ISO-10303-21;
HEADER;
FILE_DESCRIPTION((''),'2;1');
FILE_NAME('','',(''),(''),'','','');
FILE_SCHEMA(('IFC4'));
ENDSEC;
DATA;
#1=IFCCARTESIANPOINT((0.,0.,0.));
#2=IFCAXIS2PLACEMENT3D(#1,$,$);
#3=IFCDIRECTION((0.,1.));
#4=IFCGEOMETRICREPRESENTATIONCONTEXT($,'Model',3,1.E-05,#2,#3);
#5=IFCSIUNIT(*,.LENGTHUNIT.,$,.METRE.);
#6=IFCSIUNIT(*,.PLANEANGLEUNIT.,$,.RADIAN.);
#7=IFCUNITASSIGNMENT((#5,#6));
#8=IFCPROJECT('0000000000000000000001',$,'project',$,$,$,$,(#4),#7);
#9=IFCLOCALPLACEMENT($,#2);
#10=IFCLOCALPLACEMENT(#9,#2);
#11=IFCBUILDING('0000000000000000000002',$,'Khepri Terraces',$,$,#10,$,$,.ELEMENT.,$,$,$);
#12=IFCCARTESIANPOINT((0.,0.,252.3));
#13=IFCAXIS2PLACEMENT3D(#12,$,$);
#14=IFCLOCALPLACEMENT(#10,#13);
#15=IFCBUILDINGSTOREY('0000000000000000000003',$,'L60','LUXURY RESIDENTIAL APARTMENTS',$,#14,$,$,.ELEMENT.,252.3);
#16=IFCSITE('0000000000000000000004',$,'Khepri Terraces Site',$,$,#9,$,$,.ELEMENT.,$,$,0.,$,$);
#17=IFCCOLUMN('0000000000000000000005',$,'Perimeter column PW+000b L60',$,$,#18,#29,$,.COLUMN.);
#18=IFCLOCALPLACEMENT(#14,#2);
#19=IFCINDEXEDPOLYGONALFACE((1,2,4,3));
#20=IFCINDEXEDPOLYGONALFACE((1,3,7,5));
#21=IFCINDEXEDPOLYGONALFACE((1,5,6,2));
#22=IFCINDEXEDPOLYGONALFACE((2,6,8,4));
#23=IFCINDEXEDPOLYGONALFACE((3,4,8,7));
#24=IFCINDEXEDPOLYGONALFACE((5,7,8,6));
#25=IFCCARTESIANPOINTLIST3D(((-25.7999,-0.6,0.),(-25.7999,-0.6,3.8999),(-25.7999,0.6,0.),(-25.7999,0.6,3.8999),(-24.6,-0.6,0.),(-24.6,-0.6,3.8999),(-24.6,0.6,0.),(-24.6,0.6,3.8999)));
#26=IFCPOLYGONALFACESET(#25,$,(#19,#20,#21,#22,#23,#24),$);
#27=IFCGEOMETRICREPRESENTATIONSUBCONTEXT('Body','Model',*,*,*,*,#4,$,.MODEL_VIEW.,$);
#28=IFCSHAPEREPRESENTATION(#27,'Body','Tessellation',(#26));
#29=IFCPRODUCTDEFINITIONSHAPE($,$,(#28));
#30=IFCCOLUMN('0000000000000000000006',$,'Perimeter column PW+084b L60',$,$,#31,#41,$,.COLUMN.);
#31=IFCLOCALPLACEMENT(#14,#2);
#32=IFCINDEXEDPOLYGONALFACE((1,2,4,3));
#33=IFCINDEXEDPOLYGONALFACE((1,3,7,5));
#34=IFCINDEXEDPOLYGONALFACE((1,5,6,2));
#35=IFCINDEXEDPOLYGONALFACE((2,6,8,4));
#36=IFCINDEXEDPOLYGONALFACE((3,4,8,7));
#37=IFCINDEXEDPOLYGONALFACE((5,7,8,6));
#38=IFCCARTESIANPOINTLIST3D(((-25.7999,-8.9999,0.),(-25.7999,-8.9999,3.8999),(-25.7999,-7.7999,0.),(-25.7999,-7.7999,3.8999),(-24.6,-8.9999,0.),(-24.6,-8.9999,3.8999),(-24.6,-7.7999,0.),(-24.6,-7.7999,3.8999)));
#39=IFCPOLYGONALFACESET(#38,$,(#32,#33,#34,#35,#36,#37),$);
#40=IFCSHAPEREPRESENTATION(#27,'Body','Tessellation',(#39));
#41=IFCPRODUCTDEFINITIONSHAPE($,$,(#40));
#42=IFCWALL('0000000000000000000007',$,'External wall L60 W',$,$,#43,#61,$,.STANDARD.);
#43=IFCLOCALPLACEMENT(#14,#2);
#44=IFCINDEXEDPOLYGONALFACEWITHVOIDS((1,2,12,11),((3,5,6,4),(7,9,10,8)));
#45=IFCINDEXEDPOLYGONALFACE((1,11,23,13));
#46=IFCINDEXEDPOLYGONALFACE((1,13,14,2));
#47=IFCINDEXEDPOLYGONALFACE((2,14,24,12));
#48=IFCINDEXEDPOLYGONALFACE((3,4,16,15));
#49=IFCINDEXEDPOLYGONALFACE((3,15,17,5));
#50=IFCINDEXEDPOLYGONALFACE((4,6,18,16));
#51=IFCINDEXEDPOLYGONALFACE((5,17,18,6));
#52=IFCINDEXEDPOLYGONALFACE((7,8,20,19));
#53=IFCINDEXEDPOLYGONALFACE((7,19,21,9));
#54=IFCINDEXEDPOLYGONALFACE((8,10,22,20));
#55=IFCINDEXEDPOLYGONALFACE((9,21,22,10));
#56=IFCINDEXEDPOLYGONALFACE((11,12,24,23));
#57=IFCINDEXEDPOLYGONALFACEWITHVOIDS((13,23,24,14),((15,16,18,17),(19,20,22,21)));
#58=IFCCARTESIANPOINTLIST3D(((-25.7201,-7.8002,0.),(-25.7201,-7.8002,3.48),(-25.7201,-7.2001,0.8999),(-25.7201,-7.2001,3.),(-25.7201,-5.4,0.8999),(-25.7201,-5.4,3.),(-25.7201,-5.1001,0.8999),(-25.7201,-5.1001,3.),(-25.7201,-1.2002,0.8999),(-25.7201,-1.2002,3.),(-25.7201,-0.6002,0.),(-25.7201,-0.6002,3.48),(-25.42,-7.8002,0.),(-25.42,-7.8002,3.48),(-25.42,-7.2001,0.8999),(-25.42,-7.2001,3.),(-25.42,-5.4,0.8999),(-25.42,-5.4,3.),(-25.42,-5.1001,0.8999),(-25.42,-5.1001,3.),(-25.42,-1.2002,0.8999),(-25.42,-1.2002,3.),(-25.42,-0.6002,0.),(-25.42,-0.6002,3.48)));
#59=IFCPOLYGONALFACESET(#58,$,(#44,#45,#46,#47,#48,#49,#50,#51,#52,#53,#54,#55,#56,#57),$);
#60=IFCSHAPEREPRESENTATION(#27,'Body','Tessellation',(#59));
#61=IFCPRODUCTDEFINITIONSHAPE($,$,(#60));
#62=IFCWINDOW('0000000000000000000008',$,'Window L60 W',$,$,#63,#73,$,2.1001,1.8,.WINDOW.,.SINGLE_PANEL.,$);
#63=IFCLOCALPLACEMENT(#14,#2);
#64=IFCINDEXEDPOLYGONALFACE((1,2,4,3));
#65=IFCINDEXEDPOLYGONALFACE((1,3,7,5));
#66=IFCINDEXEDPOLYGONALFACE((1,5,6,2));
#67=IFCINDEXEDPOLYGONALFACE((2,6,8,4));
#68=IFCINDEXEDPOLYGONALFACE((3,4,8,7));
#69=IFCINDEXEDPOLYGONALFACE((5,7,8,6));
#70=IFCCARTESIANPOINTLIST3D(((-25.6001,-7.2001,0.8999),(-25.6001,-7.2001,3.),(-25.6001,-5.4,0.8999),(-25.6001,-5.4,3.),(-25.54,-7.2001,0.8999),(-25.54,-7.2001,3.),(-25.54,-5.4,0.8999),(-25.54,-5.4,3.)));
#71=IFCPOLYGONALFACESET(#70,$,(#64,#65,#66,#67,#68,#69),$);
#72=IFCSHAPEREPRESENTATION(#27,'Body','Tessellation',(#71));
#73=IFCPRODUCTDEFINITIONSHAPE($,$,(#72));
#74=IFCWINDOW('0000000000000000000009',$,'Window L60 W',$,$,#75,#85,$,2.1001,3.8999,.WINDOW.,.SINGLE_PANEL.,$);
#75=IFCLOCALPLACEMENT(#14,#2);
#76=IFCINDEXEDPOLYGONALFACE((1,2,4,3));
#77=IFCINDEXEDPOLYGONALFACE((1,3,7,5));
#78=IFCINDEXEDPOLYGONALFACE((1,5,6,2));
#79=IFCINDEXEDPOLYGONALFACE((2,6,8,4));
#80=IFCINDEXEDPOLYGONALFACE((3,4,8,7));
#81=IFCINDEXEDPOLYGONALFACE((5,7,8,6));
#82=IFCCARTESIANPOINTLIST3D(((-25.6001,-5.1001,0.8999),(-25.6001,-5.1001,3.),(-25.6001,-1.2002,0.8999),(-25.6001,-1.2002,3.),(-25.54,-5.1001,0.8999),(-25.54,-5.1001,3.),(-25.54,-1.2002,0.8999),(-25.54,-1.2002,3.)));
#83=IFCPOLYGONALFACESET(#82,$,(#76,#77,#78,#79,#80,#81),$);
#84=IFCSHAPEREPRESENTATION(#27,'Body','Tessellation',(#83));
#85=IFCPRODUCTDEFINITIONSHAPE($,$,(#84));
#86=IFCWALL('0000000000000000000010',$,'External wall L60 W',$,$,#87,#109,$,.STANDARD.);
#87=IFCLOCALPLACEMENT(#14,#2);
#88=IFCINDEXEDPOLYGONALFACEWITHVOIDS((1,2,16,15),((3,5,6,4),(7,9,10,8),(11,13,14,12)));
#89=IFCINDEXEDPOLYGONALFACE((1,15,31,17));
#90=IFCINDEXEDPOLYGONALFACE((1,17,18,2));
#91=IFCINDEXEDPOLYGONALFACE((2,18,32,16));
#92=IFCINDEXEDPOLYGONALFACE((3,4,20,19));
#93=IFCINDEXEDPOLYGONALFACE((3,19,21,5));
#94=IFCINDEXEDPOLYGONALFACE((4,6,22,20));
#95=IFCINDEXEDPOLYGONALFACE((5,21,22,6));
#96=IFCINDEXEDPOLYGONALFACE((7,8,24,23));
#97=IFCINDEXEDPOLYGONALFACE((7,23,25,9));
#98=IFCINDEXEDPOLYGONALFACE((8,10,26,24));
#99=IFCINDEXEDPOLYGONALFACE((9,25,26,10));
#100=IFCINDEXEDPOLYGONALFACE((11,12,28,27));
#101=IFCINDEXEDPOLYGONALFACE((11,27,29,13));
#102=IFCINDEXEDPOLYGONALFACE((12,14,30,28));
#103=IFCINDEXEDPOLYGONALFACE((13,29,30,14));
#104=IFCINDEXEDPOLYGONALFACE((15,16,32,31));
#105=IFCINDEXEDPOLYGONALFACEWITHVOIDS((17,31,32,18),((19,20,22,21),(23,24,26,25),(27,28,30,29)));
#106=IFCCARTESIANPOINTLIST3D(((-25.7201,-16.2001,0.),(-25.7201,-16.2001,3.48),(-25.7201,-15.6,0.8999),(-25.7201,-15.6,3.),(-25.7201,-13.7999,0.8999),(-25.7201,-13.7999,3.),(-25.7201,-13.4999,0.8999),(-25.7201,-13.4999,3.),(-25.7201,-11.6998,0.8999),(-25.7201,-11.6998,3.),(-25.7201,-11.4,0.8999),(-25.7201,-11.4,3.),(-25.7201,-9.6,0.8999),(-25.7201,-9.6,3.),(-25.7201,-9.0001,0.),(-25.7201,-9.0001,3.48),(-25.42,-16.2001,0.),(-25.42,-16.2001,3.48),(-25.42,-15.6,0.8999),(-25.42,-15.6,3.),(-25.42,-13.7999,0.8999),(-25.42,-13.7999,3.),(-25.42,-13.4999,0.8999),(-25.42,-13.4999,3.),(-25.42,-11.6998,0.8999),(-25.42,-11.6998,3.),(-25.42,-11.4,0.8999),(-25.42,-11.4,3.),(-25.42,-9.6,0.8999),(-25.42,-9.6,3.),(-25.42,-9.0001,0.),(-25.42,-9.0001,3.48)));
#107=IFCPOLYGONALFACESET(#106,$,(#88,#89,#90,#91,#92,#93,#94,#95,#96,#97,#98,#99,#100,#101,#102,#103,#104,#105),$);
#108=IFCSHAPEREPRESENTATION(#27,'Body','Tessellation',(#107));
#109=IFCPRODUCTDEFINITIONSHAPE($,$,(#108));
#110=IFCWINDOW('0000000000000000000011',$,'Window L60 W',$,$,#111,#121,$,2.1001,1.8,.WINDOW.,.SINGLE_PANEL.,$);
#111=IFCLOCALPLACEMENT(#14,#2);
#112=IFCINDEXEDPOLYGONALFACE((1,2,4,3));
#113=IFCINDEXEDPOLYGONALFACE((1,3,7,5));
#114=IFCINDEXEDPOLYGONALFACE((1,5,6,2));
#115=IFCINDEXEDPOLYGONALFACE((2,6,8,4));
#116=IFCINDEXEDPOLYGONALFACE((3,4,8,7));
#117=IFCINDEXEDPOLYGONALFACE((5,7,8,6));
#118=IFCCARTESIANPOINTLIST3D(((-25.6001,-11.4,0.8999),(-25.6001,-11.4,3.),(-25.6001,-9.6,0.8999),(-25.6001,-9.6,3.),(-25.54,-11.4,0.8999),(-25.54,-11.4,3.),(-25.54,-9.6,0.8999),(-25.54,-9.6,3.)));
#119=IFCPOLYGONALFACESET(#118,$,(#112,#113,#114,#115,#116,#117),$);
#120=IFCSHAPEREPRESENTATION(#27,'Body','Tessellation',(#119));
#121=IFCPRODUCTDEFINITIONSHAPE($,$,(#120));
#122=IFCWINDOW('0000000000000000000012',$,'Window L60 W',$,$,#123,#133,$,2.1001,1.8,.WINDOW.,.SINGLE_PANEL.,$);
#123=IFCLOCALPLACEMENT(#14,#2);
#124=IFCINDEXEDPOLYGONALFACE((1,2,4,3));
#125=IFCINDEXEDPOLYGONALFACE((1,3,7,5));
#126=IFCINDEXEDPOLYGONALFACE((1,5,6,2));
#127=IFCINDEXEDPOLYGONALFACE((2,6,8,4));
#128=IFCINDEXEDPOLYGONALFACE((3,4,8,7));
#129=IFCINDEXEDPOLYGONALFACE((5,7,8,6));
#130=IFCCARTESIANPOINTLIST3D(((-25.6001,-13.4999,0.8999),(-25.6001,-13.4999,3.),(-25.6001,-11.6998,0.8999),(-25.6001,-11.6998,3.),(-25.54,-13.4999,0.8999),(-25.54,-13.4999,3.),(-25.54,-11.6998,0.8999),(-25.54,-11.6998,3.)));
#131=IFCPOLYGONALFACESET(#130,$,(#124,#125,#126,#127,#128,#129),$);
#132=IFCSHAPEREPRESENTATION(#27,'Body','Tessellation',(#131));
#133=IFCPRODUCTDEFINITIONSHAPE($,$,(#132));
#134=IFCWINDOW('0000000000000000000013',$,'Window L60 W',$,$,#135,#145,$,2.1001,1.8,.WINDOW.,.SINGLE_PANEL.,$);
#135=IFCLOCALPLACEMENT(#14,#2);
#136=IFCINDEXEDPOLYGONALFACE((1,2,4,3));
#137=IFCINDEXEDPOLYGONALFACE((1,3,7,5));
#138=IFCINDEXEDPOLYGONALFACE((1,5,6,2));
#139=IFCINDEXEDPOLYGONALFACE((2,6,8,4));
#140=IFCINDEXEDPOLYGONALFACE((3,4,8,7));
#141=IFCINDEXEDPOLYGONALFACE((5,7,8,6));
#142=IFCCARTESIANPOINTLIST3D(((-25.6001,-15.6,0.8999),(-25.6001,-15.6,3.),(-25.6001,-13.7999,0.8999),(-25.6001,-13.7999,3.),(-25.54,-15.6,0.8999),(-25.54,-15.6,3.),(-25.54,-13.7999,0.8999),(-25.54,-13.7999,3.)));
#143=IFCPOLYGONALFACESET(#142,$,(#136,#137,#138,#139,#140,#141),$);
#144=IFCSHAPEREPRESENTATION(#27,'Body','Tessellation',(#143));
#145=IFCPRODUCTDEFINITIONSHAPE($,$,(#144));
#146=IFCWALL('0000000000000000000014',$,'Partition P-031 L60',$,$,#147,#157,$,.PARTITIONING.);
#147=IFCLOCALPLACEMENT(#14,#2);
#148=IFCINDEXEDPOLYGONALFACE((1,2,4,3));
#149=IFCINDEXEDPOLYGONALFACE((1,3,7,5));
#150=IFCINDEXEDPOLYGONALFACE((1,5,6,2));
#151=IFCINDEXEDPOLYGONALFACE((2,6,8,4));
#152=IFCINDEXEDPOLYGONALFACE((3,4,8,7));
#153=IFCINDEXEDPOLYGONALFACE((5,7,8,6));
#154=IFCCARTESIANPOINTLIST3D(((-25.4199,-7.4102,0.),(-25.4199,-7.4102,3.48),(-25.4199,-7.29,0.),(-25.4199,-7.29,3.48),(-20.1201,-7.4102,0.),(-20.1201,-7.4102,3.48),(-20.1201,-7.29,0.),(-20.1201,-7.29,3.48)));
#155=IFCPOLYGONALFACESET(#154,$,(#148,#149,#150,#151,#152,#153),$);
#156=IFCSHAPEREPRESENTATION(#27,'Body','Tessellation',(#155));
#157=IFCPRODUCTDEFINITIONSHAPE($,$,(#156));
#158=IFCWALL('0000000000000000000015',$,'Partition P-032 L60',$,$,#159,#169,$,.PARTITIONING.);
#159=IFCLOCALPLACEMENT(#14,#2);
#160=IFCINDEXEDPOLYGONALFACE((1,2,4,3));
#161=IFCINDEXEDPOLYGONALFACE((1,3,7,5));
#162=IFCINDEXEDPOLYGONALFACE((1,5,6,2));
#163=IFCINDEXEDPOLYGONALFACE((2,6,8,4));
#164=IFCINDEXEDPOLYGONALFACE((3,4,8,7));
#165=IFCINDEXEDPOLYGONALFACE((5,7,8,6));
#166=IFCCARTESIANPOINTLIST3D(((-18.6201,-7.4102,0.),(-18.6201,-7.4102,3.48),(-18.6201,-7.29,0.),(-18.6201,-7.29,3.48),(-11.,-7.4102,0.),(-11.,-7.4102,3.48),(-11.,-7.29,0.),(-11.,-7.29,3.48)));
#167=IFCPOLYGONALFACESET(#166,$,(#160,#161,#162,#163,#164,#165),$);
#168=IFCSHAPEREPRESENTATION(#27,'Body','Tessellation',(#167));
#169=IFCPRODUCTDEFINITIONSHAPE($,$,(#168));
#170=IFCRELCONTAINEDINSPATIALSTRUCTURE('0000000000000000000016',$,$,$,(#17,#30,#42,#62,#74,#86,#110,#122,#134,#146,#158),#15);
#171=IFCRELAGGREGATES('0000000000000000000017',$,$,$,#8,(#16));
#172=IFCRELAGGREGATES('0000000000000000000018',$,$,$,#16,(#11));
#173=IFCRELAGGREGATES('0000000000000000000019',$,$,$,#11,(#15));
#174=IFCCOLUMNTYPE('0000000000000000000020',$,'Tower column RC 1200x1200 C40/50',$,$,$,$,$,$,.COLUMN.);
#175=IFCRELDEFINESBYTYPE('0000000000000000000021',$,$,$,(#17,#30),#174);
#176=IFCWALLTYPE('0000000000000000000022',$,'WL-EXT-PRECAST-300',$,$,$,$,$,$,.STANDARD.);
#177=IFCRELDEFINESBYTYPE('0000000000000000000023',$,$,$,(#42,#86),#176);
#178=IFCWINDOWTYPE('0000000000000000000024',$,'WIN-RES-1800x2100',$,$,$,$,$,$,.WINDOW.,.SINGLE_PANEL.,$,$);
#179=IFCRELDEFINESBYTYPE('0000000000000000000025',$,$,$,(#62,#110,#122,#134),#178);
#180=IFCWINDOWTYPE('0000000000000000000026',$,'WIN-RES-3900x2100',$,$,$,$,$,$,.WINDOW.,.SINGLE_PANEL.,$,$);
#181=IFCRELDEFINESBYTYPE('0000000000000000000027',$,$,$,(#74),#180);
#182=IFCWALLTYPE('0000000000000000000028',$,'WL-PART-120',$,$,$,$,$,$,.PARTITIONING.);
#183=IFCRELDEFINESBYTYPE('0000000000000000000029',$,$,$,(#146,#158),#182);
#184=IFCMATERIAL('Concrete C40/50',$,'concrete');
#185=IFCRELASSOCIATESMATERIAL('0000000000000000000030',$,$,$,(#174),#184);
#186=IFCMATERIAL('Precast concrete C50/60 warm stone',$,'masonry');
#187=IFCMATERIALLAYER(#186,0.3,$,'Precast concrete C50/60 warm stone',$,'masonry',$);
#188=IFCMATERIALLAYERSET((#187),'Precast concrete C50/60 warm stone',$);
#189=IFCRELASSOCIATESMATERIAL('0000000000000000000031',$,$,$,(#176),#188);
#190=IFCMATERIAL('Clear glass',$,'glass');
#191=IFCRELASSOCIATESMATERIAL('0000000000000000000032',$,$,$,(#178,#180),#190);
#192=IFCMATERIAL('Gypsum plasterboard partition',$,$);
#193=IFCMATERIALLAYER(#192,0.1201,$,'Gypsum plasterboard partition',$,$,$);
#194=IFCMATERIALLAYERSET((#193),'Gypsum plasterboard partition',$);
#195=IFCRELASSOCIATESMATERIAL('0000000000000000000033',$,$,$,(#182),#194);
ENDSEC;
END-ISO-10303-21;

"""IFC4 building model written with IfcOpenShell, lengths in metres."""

from ifc_helpers import new_model, si_unit, direction, frame, frame_2d, origin, origin_2d, place, context, subcontext, project, spatial, rectangle, extrude, material, layer, layer_set, material_profile, profile_set, type_object, element, fill, save


model = new_model("IFC4")

# Units and contexts
model_context = context("Model", 3, precision=1e-05, world=origin(), true_north=direction((0.0, 1.0)))
body_context = subcontext(model_context, "Body", "Model", "MODEL_VIEW")
ifc_project = project(units=[si_unit("LENGTHUNIT", "METRE"), si_unit("PLANEANGLEUNIT", "RADIAN")], contexts=[model_context])

# Site, building, storey
site_placement = place(None, origin())
site = spatial("IfcSite", under=ifc_project, at=site_placement, Name="Khepri Terraces Site", CompositionType="ELEMENT", RefElevation=0.0)
building_placement = place(site_placement, origin())
building = spatial("IfcBuilding", under=site, at=building_placement, Name="Khepri Terraces", CompositionType="ELEMENT")
storey_placement = place(building_placement, frame((0.0, 0.0, 252.3)))
storey = spatial("IfcBuildingStorey", under=building, at=storey_placement, Name="L60", Description="LUXURY RESIDENTIAL APARTMENTS", CompositionType="ELEMENT", Elevation=252.3)

# Columns
ifc_material_1 = material(Name="Concrete C40/50", Category="concrete")
ifc_material_profile = material_profile(ifc_material_1, rectangle(XDim=1.2, YDim=1.2, at=origin_2d()), Name="Concrete C40/50", Category="concrete")
ifc_profile_set = profile_set([ifc_material_profile], Name="Concrete C40/50")
column_type = type_object("IfcColumnType", Name="Tower column RC 1200x1200 C40/50", PredefinedType="COLUMN", material=ifc_profile_set)
for number, where, z_axis, x_axis, name in (
    (1, (-25.2, 0.0, 0.0), (0.0, 0.0, 1.0), (1.0, 0.0, 0.0), "Perimeter column PW+000b L60"),
    (2, (-25.2, -8.3999, 0.0), (0.0, 0.0, 1.0), (1.0, 0.0, 0.0), "Perimeter column PW+084b L60"),
):
    element("IfcColumn", number, at=place(storey_placement, frame(where, z_axis=z_axis, x_axis=x_axis)), inside=storey, type_object=column_type, Name=name, PredefinedType="COLUMN", context=body_context, shape_type="SweptSolid", body=[
        extrude(rectangle(XDim=1.2, YDim=1.2, at=origin_2d()), origin(), (0.0, 0.0, 1.0), 3.8999),
    ])

# Walls, openings, windows
ifc_material_2 = material(Name="Precast concrete C50/60 warm stone", Category="masonry")
ifc_layer_1 = layer(ifc_material_2, 0.3, Name="Precast concrete C50/60 warm stone", Category="masonry")
ifc_layer_set_1 = layer_set([ifc_layer_1], Name="Precast concrete C50/60 warm stone")
wall_type_1 = type_object("IfcWallType", Name="WL-EXT-PRECAST-300", PredefinedType="STANDARD", material=ifc_layer_set_1)
wall_1_placement = place(storey_placement, frame((-25.5701, -0.6001, 0.0), z_axis=(0.0, 0.0, 1.0), x_axis=(0.0, -1.0, 0.0)))
wall_1 = element("IfcWall", 3, at=wall_1_placement, inside=storey, type_object=wall_type_1, Name="External wall L60 W", PredefinedType="STANDARD", context=body_context, shape_type="SweptSolid", body=[
    extrude(rectangle(XDim=7.2, YDim=0.3, at=frame_2d((3.6001, 0.0))), origin(), (0.0, 0.0, 1.0), 3.48),
])
opening_1_placement = place(wall_1_placement, frame((0.6001, 0.0, 0.8999)))
opening_1 = element("IfcOpeningElement", 4, at=opening_1_placement, cuts=wall_1, PredefinedType="OPENING", context=body_context, shape_type="SweptSolid", body=[
    extrude(rectangle(XDim=3.8999, YDim=2.1001, at=frame_2d((1.95, 1.05))), frame((0.0, 0.1602, 0.0), z_axis=(0.0, -1.0, 0.0), x_axis=(1.0, 0.0, 0.0)), (0.0, 0.0, 1.0), 0.3201),
])
opening_2_placement = place(wall_1_placement, frame((4.8, 0.0, 0.8999)))
opening_2 = element("IfcOpeningElement", 5, at=opening_2_placement, cuts=wall_1, PredefinedType="OPENING", context=body_context, shape_type="SweptSolid", body=[
    extrude(rectangle(XDim=1.8, YDim=2.1001, at=frame_2d((0.8999, 1.05))), frame((0.0, 0.1602, 0.0), z_axis=(0.0, -1.0, 0.0), x_axis=(1.0, 0.0, 0.0)), (0.0, 0.0, 1.0), 0.3201),
])
ifc_material_3 = material(Name="Clear glass", Category="glass")
window_type_1 = type_object("IfcWindowType", Name="WIN-RES-1800x2100", PartitioningType="SINGLE_PANEL", PredefinedType="WINDOW", material=ifc_material_3)
window_1_placement = place(opening_2_placement, origin())
window_1 = element("IfcWindow", 6, at=window_1_placement, inside=storey, type_object=window_type_1, Name="Window L60 W", OverallHeight=2.1001, OverallWidth=1.8, PartitioningType="SINGLE_PANEL", PredefinedType="WINDOW", context=body_context, shape_type="SweptSolid", body=[
    extrude(rectangle(XDim=1.8, YDim=2.1001, at=frame_2d((0.8999, 1.05))), frame((0.0, 0.03, 0.0), z_axis=(0.0, -1.0, 0.0), x_axis=(1.0, 0.0, 0.0)), (0.0, 0.0, 1.0), 0.0601),
])
fill(opening_2, window_1)
window_type_2 = type_object("IfcWindowType", Name="WIN-RES-3900x2100", PartitioningType="SINGLE_PANEL", PredefinedType="WINDOW", material=ifc_material_3)
window_2_placement = place(opening_1_placement, origin())
window_2 = element("IfcWindow", 7, at=window_2_placement, inside=storey, type_object=window_type_2, Name="Window L60 W", OverallHeight=2.1001, OverallWidth=3.8999, PartitioningType="SINGLE_PANEL", PredefinedType="WINDOW", context=body_context, shape_type="SweptSolid", body=[
    extrude(rectangle(XDim=3.8999, YDim=2.1001, at=frame_2d((1.95, 1.05))), frame((0.0, 0.03, 0.0), z_axis=(0.0, -1.0, 0.0), x_axis=(1.0, 0.0, 0.0)), (0.0, 0.0, 1.0), 0.0601),
])
fill(opening_1, window_2)
wall_2_placement = place(storey_placement, frame((-25.5701, -9.0, 0.0), z_axis=(0.0, 0.0, 1.0), x_axis=(0.0, -1.0, 0.0)))
wall_2 = element("IfcWall", 8, at=wall_2_placement, inside=storey, type_object=wall_type_1, Name="External wall L60 W", PredefinedType="STANDARD", context=body_context, shape_type="SweptSolid", body=[
    extrude(rectangle(XDim=7.2, YDim=0.3, at=frame_2d((3.6001, 0.0))), origin(), (0.0, 0.0, 1.0), 3.48),
])
opening_3_placement = place(wall_2_placement, frame((0.6001, 0.0, 0.8999)))
opening_3 = element("IfcOpeningElement", 9, at=opening_3_placement, cuts=wall_2, PredefinedType="OPENING", context=body_context, shape_type="SweptSolid", body=[
    extrude(rectangle(XDim=1.8, YDim=2.1001, at=frame_2d((0.8999, 1.05))), frame((0.0, 0.1602, 0.0), z_axis=(0.0, -1.0, 0.0), x_axis=(1.0, 0.0, 0.0)), (0.0, 0.0, 1.0), 0.3201),
])
opening_4_placement = place(wall_2_placement, frame((2.7, 0.0, 0.8999)))
opening_4 = element("IfcOpeningElement", 10, at=opening_4_placement, cuts=wall_2, PredefinedType="OPENING", context=body_context, shape_type="SweptSolid", body=[
    extrude(rectangle(XDim=1.8, YDim=2.1001, at=frame_2d((0.8999, 1.05))), frame((0.0, 0.1602, 0.0), z_axis=(0.0, -1.0, 0.0), x_axis=(1.0, 0.0, 0.0)), (0.0, 0.0, 1.0), 0.3201),
])
opening_5_placement = place(wall_2_placement, frame((4.8, 0.0, 0.8999)))
opening_5 = element("IfcOpeningElement", 11, at=opening_5_placement, cuts=wall_2, PredefinedType="OPENING", context=body_context, shape_type="SweptSolid", body=[
    extrude(rectangle(XDim=1.8, YDim=2.1001, at=frame_2d((0.8999, 1.05))), frame((0.0, 0.1602, 0.0), z_axis=(0.0, -1.0, 0.0), x_axis=(1.0, 0.0, 0.0)), (0.0, 0.0, 1.0), 0.3201),
])
window_3_placement = place(opening_3_placement, origin())
window_3 = element("IfcWindow", 12, at=window_3_placement, inside=storey, type_object=window_type_1, Name="Window L60 W", OverallHeight=2.1001, OverallWidth=1.8, PartitioningType="SINGLE_PANEL", PredefinedType="WINDOW", context=body_context, shape_type="SweptSolid", body=[
    extrude(rectangle(XDim=1.8, YDim=2.1001, at=frame_2d((0.8999, 1.05))), frame((0.0, 0.03, 0.0), z_axis=(0.0, -1.0, 0.0), x_axis=(1.0, 0.0, 0.0)), (0.0, 0.0, 1.0), 0.0601),
])
fill(opening_3, window_3)
window_4_placement = place(opening_4_placement, origin())
window_4 = element("IfcWindow", 13, at=window_4_placement, inside=storey, type_object=window_type_1, Name="Window L60 W", OverallHeight=2.1001, OverallWidth=1.8, PartitioningType="SINGLE_PANEL", PredefinedType="WINDOW", context=body_context, shape_type="SweptSolid", body=[
    extrude(rectangle(XDim=1.8, YDim=2.1001, at=frame_2d((0.8999, 1.05))), frame((0.0, 0.03, 0.0), z_axis=(0.0, -1.0, 0.0), x_axis=(1.0, 0.0, 0.0)), (0.0, 0.0, 1.0), 0.0601),
])
fill(opening_4, window_4)
window_5_placement = place(opening_5_placement, origin())
window_5 = element("IfcWindow", 14, at=window_5_placement, inside=storey, type_object=window_type_1, Name="Window L60 W", OverallHeight=2.1001, OverallWidth=1.8, PartitioningType="SINGLE_PANEL", PredefinedType="WINDOW", context=body_context, shape_type="SweptSolid", body=[
    extrude(rectangle(XDim=1.8, YDim=2.1001, at=frame_2d((0.8999, 1.05))), frame((0.0, 0.03, 0.0), z_axis=(0.0, -1.0, 0.0), x_axis=(1.0, 0.0, 0.0)), (0.0, 0.0, 1.0), 0.0601),
])
fill(opening_5, window_5)

# Walls
ifc_material_4 = material(Name="Gypsum plasterboard partition")
ifc_layer_2 = layer(ifc_material_4, 0.1201, Name="Gypsum plasterboard partition")
ifc_layer_set_2 = layer_set([ifc_layer_2], Name="Gypsum plasterboard partition")
wall_type_2 = type_object("IfcWallType", Name="WL-PART-120", PredefinedType="PARTITIONING", material=ifc_layer_set_2)
wall_3_placement = place(storey_placement, frame((-25.4199, -7.3501, 0.0), z_axis=(0.0, 0.0, 1.0), x_axis=(1.0, 0.0, 0.0)))
element("IfcWall", 15, at=wall_3_placement, inside=storey, type_object=wall_type_2, Name="Partition P-031 L60", PredefinedType="PARTITIONING", context=body_context, shape_type="SweptSolid", body=[
    extrude(rectangle(XDim=5.2998, YDim=0.1201, at=frame_2d((2.6499, 0.0))), origin(), (0.0, 0.0, 1.0), 3.48),
])
wall_4_placement = place(storey_placement, frame((-18.6201, -7.3501, 0.0), z_axis=(0.0, 0.0, 1.0), x_axis=(1.0, 0.0, 0.0)))
element("IfcWall", 16, at=wall_4_placement, inside=storey, type_object=wall_type_2, Name="Partition P-032 L60", PredefinedType="PARTITIONING", context=body_context, shape_type="SweptSolid", body=[
    extrude(rectangle(XDim=7.6201, YDim=0.1201, at=frame_2d((3.8101, 0.0))), origin(), (0.0, 0.0, 1.0), 3.48),
])

save(model, "model.ifc")
